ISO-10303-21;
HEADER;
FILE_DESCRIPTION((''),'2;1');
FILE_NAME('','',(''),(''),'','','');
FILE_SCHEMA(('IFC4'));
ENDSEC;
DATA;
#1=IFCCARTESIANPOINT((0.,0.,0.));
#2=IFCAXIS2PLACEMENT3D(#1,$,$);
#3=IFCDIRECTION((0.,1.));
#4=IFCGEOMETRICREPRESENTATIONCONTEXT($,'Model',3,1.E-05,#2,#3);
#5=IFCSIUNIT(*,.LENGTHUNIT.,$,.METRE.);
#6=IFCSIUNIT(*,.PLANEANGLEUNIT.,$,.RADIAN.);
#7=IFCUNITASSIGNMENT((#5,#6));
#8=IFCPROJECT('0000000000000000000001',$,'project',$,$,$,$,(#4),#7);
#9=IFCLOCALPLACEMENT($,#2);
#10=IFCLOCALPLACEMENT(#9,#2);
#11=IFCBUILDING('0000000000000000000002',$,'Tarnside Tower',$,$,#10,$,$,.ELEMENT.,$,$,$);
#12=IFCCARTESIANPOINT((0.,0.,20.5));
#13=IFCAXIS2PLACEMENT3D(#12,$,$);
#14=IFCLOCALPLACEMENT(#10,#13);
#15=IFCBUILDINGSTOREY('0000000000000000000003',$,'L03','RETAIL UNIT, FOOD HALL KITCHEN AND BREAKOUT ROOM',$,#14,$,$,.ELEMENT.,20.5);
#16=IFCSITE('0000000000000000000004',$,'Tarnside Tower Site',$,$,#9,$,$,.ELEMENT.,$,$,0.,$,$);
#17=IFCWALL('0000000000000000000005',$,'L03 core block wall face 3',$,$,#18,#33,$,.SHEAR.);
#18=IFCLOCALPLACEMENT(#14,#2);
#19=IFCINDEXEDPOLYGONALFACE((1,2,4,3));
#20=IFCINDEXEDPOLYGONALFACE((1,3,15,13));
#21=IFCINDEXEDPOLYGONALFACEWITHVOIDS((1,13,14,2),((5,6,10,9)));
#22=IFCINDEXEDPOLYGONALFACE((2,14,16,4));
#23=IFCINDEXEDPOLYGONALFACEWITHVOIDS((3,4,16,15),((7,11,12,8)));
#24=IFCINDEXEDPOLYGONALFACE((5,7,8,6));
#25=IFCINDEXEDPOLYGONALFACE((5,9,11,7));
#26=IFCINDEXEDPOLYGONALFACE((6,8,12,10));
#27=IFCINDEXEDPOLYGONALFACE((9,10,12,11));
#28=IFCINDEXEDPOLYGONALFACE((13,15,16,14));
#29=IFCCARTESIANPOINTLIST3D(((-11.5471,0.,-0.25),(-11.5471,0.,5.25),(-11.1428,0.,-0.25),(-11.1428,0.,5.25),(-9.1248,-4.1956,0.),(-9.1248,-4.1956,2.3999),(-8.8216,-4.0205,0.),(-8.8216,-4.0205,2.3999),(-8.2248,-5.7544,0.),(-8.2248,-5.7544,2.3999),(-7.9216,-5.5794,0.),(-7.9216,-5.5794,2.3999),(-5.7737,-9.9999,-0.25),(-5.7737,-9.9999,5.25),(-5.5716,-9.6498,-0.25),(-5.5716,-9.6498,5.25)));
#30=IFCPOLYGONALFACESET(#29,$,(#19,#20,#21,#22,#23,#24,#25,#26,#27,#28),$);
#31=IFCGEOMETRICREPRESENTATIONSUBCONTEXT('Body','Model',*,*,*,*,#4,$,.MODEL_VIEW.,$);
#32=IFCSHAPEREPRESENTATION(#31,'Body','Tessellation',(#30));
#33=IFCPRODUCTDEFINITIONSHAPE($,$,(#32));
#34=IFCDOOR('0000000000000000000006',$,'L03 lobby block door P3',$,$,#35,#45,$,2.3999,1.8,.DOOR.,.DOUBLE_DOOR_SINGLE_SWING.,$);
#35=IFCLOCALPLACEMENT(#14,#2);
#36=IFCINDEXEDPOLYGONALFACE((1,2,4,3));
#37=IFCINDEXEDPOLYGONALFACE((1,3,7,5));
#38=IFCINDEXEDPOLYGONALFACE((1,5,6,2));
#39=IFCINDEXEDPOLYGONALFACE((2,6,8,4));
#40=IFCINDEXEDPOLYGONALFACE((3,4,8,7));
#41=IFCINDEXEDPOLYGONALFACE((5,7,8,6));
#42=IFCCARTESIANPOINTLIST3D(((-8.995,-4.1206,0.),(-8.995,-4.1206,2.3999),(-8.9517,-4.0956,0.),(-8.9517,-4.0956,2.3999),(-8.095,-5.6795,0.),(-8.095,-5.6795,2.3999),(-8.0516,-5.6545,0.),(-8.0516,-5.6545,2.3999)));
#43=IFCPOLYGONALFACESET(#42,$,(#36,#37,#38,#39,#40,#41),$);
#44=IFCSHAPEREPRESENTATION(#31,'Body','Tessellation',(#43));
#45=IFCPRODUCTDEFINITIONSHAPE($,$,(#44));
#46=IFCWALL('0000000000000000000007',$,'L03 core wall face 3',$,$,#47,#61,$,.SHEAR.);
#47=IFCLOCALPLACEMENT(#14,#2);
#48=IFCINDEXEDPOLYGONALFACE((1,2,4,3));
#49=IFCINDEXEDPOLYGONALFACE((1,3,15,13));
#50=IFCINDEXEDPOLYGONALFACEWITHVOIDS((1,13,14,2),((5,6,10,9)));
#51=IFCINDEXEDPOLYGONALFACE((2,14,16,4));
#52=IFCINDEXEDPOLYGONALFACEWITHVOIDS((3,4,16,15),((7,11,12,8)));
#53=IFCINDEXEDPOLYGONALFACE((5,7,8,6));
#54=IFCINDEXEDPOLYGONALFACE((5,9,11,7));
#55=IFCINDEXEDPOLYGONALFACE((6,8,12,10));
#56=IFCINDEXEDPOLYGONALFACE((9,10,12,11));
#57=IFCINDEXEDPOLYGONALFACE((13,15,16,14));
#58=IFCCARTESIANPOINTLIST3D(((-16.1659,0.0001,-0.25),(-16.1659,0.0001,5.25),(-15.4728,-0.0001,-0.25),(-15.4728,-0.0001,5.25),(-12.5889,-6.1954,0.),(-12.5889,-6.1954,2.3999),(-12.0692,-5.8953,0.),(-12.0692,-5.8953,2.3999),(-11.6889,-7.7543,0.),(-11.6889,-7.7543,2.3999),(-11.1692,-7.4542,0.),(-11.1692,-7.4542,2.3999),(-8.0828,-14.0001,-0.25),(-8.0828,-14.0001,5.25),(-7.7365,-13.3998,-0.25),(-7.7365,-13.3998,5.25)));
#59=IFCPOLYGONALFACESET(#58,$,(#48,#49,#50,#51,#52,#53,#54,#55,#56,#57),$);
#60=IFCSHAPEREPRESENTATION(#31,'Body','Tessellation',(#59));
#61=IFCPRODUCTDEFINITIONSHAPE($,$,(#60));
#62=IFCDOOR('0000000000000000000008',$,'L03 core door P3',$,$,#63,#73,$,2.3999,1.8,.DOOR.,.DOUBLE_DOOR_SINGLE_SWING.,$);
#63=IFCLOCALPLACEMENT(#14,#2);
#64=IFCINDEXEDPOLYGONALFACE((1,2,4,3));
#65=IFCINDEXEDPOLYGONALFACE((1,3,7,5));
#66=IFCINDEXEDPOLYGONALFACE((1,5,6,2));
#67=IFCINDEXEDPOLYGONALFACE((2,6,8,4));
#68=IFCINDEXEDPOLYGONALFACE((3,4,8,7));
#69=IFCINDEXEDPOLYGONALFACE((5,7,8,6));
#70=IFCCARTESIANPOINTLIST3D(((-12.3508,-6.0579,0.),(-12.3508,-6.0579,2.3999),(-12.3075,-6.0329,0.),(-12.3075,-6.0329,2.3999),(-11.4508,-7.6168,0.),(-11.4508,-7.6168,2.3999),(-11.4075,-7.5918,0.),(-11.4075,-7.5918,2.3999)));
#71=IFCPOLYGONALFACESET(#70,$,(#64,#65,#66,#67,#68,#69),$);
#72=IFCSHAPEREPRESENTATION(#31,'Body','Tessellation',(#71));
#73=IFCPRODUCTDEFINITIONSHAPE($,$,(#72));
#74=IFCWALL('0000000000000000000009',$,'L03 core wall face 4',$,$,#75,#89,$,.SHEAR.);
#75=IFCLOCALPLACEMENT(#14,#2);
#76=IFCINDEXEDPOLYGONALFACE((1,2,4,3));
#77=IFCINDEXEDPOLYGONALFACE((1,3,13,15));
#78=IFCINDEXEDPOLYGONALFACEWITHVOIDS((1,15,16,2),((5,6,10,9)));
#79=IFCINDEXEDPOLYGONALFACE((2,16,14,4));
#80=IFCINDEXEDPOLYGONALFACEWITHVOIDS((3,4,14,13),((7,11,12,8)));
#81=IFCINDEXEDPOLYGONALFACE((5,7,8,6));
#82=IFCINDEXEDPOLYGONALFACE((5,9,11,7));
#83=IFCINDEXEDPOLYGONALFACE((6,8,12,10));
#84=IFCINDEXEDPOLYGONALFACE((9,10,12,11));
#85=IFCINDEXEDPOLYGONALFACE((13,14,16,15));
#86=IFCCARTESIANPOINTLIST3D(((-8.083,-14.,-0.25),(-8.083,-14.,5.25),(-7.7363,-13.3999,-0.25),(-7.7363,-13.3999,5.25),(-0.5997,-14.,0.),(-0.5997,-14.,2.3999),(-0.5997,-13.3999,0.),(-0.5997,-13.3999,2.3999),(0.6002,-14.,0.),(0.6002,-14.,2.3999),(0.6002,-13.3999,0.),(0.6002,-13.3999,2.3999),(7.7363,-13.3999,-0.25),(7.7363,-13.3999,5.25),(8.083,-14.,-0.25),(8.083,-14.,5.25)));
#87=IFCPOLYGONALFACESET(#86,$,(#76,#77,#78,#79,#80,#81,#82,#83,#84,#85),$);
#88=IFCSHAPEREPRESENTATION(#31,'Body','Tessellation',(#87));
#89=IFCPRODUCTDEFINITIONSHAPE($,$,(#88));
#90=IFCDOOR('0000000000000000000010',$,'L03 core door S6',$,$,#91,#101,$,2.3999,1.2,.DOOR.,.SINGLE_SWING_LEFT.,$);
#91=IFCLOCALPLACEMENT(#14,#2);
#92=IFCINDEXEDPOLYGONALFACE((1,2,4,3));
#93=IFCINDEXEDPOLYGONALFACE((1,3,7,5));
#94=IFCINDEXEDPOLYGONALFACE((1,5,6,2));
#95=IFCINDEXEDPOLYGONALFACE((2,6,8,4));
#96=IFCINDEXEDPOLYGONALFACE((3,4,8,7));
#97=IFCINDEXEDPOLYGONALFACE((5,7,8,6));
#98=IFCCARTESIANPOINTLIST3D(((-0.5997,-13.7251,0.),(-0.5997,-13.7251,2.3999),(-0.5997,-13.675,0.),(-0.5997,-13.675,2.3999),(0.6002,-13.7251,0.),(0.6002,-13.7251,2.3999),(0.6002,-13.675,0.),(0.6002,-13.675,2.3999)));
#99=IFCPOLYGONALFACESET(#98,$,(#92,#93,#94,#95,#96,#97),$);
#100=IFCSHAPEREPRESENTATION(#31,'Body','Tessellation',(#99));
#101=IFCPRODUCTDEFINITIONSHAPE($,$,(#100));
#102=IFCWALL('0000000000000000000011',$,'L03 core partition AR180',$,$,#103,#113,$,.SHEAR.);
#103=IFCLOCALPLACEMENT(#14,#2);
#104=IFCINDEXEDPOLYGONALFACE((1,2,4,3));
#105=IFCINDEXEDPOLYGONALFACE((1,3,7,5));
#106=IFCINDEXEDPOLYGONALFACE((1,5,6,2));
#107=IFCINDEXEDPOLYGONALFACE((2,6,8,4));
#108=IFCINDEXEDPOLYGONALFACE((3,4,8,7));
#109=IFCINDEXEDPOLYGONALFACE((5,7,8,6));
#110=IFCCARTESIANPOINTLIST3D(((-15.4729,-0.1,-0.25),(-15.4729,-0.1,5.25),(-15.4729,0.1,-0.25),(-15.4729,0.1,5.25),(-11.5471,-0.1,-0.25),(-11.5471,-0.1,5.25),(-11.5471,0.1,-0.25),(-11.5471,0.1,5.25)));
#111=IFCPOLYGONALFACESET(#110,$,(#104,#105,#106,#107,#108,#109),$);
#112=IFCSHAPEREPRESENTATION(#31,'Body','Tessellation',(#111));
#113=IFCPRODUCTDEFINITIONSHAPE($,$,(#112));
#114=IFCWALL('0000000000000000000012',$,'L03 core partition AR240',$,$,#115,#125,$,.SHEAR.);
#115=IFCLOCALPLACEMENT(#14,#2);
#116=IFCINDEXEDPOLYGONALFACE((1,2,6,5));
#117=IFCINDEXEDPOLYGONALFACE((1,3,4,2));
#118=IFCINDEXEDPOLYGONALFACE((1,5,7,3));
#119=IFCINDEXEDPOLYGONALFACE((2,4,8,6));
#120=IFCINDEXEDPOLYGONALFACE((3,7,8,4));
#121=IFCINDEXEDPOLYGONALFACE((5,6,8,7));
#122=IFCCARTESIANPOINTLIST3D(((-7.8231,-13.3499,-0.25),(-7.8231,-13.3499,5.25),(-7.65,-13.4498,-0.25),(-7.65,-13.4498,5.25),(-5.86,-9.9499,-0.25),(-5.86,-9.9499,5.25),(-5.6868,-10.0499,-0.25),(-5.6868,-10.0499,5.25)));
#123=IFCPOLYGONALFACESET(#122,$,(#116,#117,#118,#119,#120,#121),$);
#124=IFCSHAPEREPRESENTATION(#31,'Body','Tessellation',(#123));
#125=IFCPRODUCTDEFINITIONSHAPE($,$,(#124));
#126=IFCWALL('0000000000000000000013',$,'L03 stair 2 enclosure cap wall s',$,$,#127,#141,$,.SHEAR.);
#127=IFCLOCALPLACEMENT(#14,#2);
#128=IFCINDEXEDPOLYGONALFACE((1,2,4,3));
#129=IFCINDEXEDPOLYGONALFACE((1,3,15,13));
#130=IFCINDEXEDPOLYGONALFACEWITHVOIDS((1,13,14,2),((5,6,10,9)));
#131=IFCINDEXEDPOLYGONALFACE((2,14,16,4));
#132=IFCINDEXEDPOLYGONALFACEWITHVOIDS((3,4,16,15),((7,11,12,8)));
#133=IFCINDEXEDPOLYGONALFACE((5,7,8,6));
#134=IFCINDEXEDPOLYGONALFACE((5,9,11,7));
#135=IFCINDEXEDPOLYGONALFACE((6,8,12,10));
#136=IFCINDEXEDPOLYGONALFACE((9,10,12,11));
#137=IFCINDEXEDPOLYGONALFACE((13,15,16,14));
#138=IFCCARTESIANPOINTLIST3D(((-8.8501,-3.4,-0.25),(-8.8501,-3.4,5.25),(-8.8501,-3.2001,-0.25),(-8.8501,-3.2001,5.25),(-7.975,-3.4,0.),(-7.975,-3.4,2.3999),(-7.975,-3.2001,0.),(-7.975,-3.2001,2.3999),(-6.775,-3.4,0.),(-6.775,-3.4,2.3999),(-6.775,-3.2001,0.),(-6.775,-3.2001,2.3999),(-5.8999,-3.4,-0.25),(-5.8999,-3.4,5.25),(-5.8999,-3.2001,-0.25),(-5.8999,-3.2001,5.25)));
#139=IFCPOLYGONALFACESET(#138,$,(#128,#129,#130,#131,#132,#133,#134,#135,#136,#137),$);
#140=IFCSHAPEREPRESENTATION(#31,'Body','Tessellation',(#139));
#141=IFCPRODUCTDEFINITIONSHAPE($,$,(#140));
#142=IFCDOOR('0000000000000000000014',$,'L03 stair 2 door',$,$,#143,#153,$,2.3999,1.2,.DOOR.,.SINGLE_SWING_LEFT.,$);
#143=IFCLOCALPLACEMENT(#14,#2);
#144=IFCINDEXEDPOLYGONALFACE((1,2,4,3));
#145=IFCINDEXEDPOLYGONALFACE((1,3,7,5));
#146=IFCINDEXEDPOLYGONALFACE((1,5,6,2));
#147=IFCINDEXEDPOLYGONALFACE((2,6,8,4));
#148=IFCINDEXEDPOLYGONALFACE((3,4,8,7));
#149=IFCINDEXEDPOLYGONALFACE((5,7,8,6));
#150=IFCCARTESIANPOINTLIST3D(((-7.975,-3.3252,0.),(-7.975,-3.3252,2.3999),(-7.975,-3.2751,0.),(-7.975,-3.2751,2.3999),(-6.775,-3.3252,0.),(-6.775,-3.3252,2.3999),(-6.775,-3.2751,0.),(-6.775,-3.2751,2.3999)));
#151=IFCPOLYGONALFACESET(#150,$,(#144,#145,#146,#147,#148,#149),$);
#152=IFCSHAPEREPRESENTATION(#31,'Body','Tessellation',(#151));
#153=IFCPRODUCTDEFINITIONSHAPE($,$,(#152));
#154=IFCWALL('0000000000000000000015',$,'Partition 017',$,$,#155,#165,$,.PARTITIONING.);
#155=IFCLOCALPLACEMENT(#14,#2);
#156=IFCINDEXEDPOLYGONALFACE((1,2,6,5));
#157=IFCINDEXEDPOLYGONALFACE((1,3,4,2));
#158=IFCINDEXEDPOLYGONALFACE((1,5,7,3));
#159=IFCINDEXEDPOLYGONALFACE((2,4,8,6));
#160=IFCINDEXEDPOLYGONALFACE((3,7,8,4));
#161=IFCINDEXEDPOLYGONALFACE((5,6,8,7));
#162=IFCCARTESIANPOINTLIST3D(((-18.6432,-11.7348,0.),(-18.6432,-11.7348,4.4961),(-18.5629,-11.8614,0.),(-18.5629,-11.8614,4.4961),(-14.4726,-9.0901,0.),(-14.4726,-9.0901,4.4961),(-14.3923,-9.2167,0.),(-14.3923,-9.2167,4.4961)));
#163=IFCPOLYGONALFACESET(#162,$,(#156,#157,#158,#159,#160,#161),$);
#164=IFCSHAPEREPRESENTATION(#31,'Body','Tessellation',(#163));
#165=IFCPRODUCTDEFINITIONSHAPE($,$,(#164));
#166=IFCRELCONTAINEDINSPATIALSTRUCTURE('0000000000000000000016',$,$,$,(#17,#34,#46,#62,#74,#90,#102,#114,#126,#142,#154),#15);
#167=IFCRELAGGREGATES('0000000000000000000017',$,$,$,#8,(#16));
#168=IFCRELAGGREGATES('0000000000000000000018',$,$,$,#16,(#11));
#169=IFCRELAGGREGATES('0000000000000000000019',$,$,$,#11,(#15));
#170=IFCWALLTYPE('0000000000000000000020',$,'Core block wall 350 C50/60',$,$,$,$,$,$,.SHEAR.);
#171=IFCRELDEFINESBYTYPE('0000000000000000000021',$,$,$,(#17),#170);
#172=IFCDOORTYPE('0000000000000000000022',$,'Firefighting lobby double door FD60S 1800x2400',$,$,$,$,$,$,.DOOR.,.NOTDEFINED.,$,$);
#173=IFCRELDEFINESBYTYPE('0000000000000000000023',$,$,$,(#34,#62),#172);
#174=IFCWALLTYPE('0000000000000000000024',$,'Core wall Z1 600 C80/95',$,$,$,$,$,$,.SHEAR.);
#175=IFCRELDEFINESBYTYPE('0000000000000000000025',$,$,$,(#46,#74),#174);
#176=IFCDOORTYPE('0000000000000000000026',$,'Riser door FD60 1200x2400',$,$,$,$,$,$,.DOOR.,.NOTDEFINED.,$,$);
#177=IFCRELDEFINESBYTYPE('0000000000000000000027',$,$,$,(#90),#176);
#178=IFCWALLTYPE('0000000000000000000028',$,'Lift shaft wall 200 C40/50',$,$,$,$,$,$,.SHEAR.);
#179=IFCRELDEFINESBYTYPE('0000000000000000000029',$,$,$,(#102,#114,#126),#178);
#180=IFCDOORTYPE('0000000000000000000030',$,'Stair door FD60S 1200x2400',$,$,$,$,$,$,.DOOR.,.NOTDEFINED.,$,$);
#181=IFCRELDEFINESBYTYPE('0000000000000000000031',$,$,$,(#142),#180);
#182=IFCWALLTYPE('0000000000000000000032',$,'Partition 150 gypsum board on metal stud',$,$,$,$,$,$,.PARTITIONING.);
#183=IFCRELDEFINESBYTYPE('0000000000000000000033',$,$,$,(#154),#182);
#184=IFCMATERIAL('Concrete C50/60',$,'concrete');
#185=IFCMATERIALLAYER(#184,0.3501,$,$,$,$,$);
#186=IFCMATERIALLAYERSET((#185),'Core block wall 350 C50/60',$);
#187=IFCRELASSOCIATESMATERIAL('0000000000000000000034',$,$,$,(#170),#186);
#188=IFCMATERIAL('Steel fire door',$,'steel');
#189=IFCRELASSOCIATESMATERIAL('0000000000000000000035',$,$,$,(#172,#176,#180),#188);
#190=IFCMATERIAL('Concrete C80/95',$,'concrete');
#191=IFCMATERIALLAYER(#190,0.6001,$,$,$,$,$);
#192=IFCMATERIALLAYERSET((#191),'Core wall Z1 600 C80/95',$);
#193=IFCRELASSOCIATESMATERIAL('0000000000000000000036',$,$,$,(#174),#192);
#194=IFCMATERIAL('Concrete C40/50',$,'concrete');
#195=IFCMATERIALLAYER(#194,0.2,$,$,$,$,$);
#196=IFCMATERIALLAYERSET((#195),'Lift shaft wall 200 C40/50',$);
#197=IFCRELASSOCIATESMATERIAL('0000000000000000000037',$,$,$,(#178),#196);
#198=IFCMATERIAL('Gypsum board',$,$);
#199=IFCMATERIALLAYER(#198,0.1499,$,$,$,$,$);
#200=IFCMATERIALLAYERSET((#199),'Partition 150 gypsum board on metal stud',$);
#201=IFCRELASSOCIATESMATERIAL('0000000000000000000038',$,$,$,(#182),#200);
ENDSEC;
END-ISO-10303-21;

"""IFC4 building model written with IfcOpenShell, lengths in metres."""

from ifc_helpers import new_model, si_unit, direction, frame, frame_2d, origin, place, context, subcontext, project, spatial, polyline, rectangle, outline, extrude, material, layer, layer_set, type_object, element, fill, save


model = new_model("IFC4")

# Units and contexts
model_context = context("Model", 3, precision=1e-05, world=origin(), true_north=direction((0.0, 1.0)))
body_context = subcontext(model_context, "Body", "Model", "MODEL_VIEW")
ifc_project = project(units=[si_unit("LENGTHUNIT", "METRE"), si_unit("PLANEANGLEUNIT", "RADIAN")], contexts=[model_context])

# Site, building, storey
site_placement = place(None, origin())
site = spatial("IfcSite", under=ifc_project, at=site_placement, Name="Tarnside Tower Site", CompositionType="ELEMENT", RefElevation=0.0)
building_placement = place(site_placement, origin())
building = spatial("IfcBuilding", under=site, at=building_placement, Name="Tarnside Tower", CompositionType="ELEMENT")
storey_placement = place(building_placement, frame((0.0, 0.0, 20.5)))
storey = spatial("IfcBuildingStorey", under=building, at=storey_placement, Name="L03", Description="RETAIL UNIT, FOOD HALL KITCHEN AND BREAKOUT ROOM", CompositionType="ELEMENT", Elevation=20.5)

# Walls, openings, doors
ifc_material_1 = material(Name="Concrete C50/60", Category="concrete")
ifc_layer_1 = layer(ifc_material_1, 0.3501)
ifc_layer_set_1 = layer_set([ifc_layer_1], Name="Core block wall 350 C50/60")
wall_type_1 = type_object("IfcWallType", Name="Core block wall 350 C50/60", PredefinedType="SHEAR", material=ifc_layer_set_1)
wall_1_placement = place(storey_placement, frame((-11.345, 0.0, -0.25), z_axis=(0.0, 0.0, 1.0), x_axis=(0.499995, -0.866028, 0.0)))
wall_1 = element("IfcWall", 1, at=wall_1_placement, inside=storey, type_object=wall_type_1, Name="L03 core block wall face 3", PredefinedType="SHEAR", context=body_context, shape_type="SweptSolid", body=[
    extrude(outline(polyline([(-0.1011, -0.175), (11.4458, -0.175), (11.2437, 0.175), (0.1011, 0.175), (-0.1011, -0.175)])), origin(), (0.0, 0.0, 1.0), 5.5),
])
opening_1_placement = place(wall_1_placement, frame((4.7437, 0.0, 0.25)))
opening_1 = element("IfcOpeningElement", 2, at=opening_1_placement, cuts=wall_1, PredefinedType="OPENING", context=body_context, shape_type="SweptSolid", body=[
    extrude(rectangle(XDim=1.8, YDim=2.3999, at=frame_2d((0.8999, 1.2))), frame((0.0, 0.1851, 0.0), z_axis=(0.0, -1.0, 0.0), x_axis=(1.0, 0.0, 0.0)), (0.0, 0.0, 1.0), 0.3701),
])
ifc_material_2 = material(Name="Steel fire door", Category="steel")
door_type_1 = type_object("IfcDoorType", Name="Firefighting lobby double door FD60S 1800x2400", OperationType="NOTDEFINED", PredefinedType="DOOR", material=ifc_material_2)
door_1_placement = place(opening_1_placement, origin())
door_1 = element("IfcDoor", 3, at=door_1_placement, inside=storey, type_object=door_type_1, Name="L03 lobby block door P3", OperationType="DOUBLE_DOOR_SINGLE_SWING", OverallHeight=2.3999, OverallWidth=1.8, PredefinedType="DOOR", context=body_context, shape_type="SweptSolid", body=[
    extrude(rectangle(XDim=1.8, YDim=2.3999, at=frame_2d((0.8999, 1.2))), frame((0.0, 0.0249, 0.0), z_axis=(0.0, -1.0, 0.0), x_axis=(1.0, 0.0, 0.0)), (0.0, 0.0, 1.0), 0.05),
])
fill(opening_1, door_1)
ifc_material_3 = material(Name="Concrete C80/95", Category="concrete")
ifc_layer_2 = layer(ifc_material_3, 0.6001)
ifc_layer_set_2 = layer_set([ifc_layer_2], Name="Core wall Z1 600 C80/95")
wall_type_2 = type_object("IfcWallType", Name="Core wall Z1 600 C80/95", PredefinedType="SHEAR", material=ifc_layer_set_2)
wall_2_placement = place(storey_placement, frame((-15.8193, 0.0, -0.25), z_axis=(0.0, 0.0, 1.0), x_axis=(0.5, -0.866025, 0.0)))
wall_2 = element("IfcWall", 4, at=wall_2_placement, inside=storey, type_object=wall_type_2, Name="L03 core wall face 3", PredefinedType="SHEAR", context=body_context, shape_type="SweptSolid", body=[
    extrude(outline(polyline([(-0.1733, -0.3), (15.9927, -0.3), (15.646, 0.3), (0.1733, 0.3), (-0.1733, -0.3)])), origin(), (0.0, 0.0, 1.0), 5.5),
])
opening_2_placement = place(wall_2_placement, frame((6.9807, 0.0, 0.25)))
opening_2 = element("IfcOpeningElement", 5, at=opening_2_placement, cuts=wall_2, PredefinedType="OPENING", context=body_context, shape_type="SweptSolid", body=[
    extrude(rectangle(XDim=1.8, YDim=2.3999, at=frame_2d((0.8999, 1.2))), frame((0.0, 0.3101, 0.0), z_axis=(0.0, -1.0, 0.0), x_axis=(1.0, 0.0, 0.0)), (0.0, 0.0, 1.0), 0.6201),
])
door_2_placement = place(opening_2_placement, origin())
door_2 = element("IfcDoor", 6, at=door_2_placement, inside=storey, type_object=door_type_1, Name="L03 core door P3", OperationType="DOUBLE_DOOR_SINGLE_SWING", OverallHeight=2.3999, OverallWidth=1.8, PredefinedType="DOOR", context=body_context, shape_type="SweptSolid", body=[
    extrude(rectangle(XDim=1.8, YDim=2.3999, at=frame_2d((0.8999, 1.2))), frame((0.0, 0.0249, 0.0), z_axis=(0.0, -1.0, 0.0), x_axis=(1.0, 0.0, 0.0)), (0.0, 0.0, 1.0), 0.05),
])
fill(opening_2, door_2)
wall_3_placement = place(storey_placement, frame((-7.9097, -13.7, -0.25), z_axis=(0.0, 0.0, 1.0), x_axis=(1.0, 0.0, 0.0)))
wall_3 = element("IfcWall", 7, at=wall_3_placement, inside=storey, type_object=wall_type_2, Name="L03 core wall face 4", PredefinedType="SHEAR", context=body_context, shape_type="SweptSolid", body=[
    extrude(outline(polyline([(-0.1733, -0.3), (15.9927, -0.3), (15.646, 0.3), (0.1733, 0.3), (-0.1733, -0.3)])), origin(), (0.0, 0.0, 1.0), 5.5),
])
opening_3_placement = place(wall_3_placement, frame((7.3098, 0.0, 0.25)))
opening_3 = element("IfcOpeningElement", 8, at=opening_3_placement, cuts=wall_3, PredefinedType="OPENING", context=body_context, shape_type="SweptSolid", body=[
    extrude(rectangle(XDim=1.2, YDim=2.3999, at=frame_2d((0.6001, 1.2))), frame((0.0, 0.3101, 0.0), z_axis=(0.0, -1.0, 0.0), x_axis=(1.0, 0.0, 0.0)), (0.0, 0.0, 1.0), 0.6201),
])
door_type_2 = type_object("IfcDoorType", Name="Riser door FD60 1200x2400", OperationType="NOTDEFINED", PredefinedType="DOOR", material=ifc_material_2)
door_3_placement = place(opening_3_placement, origin())
door_3 = element("IfcDoor", 9, at=door_3_placement, inside=storey, type_object=door_type_2, Name="L03 core door S6", OperationType="SINGLE_SWING_LEFT", OverallHeight=2.3999, OverallWidth=1.2, PredefinedType="DOOR", context=body_context, shape_type="SweptSolid", body=[
    extrude(rectangle(XDim=1.2, YDim=2.3999, at=frame_2d((0.6001, 1.2))), frame((0.0, 0.0249, 0.0), z_axis=(0.0, -1.0, 0.0), x_axis=(1.0, 0.0, 0.0)), (0.0, 0.0, 1.0), 0.05),
])
fill(opening_3, door_3)

# Walls
ifc_material_4 = material(Name="Concrete C40/50", Category="concrete")
ifc_layer_3 = layer(ifc_material_4, 0.2)
ifc_layer_set_3 = layer_set([ifc_layer_3], Name="Lift shaft wall 200 C40/50")
wall_type_3 = type_object("IfcWallType", Name="Lift shaft wall 200 C40/50", PredefinedType="SHEAR", material=ifc_layer_set_3)
wall_4_placement = place(storey_placement, frame((-11.5471, 0.0, -0.25), z_axis=(0.0, 0.0, 1.0), x_axis=(-1.0, 0.0, 0.0)))
element("IfcWall", 10, at=wall_4_placement, inside=storey, type_object=wall_type_3, Name="L03 core partition AR180", PredefinedType="SHEAR", context=body_context, shape_type="SweptSolid", body=[
    extrude(rectangle(XDim=3.9258, YDim=0.2, at=frame_2d((1.9629, 0.0))), origin(), (0.0, 0.0, 1.0), 5.5),
])
wall_5_placement = place(storey_placement, frame((-5.7734, -10.0, -0.25), z_axis=(0.0, 0.0, 1.0), x_axis=(-0.500038, -0.866003, 0.0)))
element("IfcWall", 11, at=wall_5_placement, inside=storey, type_object=wall_type_3, Name="L03 core partition AR240", PredefinedType="SHEAR", context=body_context, shape_type="SweptSolid", body=[
    extrude(rectangle(XDim=3.926, YDim=0.2, at=frame_2d((1.9629, 0.0))), origin(), (0.0, 0.0, 1.0), 5.5),
])

# Wall, opening, door
wall_6_placement = place(storey_placement, frame((-8.8501, -3.3, -0.25), z_axis=(0.0, 0.0, 1.0), x_axis=(1.0, 0.0, 0.0)))
wall_6 = element("IfcWall", 12, at=wall_6_placement, inside=storey, type_object=wall_type_3, Name="L03 stair 2 enclosure cap wall s", PredefinedType="SHEAR", context=body_context, shape_type="SweptSolid", body=[
    extrude(rectangle(XDim=2.9502, YDim=0.2, at=frame_2d((1.4751, 0.0))), origin(), (0.0, 0.0, 1.0), 5.5),
])
opening_4_placement = place(wall_6_placement, frame((0.875, 0.0, 0.25)))
opening_4 = element("IfcOpeningElement", 13, at=opening_4_placement, cuts=wall_6, PredefinedType="OPENING", context=body_context, shape_type="SweptSolid", body=[
    extrude(rectangle(XDim=1.2, YDim=2.3999, at=frame_2d((0.6001, 1.2))), frame((0.0, 0.1099, 0.0), z_axis=(0.0, -1.0, 0.0), x_axis=(1.0, 0.0, 0.0)), (0.0, 0.0, 1.0), 0.22),
])
door_type_3 = type_object("IfcDoorType", Name="Stair door FD60S 1200x2400", OperationType="NOTDEFINED", PredefinedType="DOOR", material=ifc_material_2)
door_4_placement = place(opening_4_placement, origin())
door_4 = element("IfcDoor", 14, at=door_4_placement, inside=storey, type_object=door_type_3, Name="L03 stair 2 door", OperationType="SINGLE_SWING_LEFT", OverallHeight=2.3999, OverallWidth=1.2, PredefinedType="DOOR", context=body_context, shape_type="SweptSolid", body=[
    extrude(rectangle(XDim=1.2, YDim=2.3999, at=frame_2d((0.6001, 1.2))), frame((0.0, 0.0249, 0.0), z_axis=(0.0, -1.0, 0.0), x_axis=(1.0, 0.0, 0.0)), (0.0, 0.0, 1.0), 0.05),
])
fill(opening_4, door_4)

# Wall
ifc_material_5 = material(Name="Gypsum board")
ifc_layer_4 = layer(ifc_material_5, 0.1499)
ifc_layer_set_4 = layer_set([ifc_layer_4], Name="Partition 150 gypsum board on metal stud")
wall_type_4 = type_object("IfcWallType", Name="Partition 150 gypsum board on metal stud", PredefinedType="PARTITIONING", material=ifc_layer_set_4)
wall_7_placement = place(storey_placement, frame((-18.603, -11.7981, 0.0), z_axis=(0.0, 0.0, 1.0), x_axis=(0.844511, 0.535538, 0.0)))
element("IfcWall", 15, at=wall_7_placement, inside=storey, type_object=wall_type_4, Name="Partition 017", PredefinedType="PARTITIONING", context=body_context, shape_type="SweptSolid", body=[
    extrude(rectangle(XDim=4.9385, YDim=0.1499, at=frame_2d((2.4692, 0.0))), origin(), (0.0, 0.0, 1.0), 4.4961),
])

save(model, "model.ifc")
